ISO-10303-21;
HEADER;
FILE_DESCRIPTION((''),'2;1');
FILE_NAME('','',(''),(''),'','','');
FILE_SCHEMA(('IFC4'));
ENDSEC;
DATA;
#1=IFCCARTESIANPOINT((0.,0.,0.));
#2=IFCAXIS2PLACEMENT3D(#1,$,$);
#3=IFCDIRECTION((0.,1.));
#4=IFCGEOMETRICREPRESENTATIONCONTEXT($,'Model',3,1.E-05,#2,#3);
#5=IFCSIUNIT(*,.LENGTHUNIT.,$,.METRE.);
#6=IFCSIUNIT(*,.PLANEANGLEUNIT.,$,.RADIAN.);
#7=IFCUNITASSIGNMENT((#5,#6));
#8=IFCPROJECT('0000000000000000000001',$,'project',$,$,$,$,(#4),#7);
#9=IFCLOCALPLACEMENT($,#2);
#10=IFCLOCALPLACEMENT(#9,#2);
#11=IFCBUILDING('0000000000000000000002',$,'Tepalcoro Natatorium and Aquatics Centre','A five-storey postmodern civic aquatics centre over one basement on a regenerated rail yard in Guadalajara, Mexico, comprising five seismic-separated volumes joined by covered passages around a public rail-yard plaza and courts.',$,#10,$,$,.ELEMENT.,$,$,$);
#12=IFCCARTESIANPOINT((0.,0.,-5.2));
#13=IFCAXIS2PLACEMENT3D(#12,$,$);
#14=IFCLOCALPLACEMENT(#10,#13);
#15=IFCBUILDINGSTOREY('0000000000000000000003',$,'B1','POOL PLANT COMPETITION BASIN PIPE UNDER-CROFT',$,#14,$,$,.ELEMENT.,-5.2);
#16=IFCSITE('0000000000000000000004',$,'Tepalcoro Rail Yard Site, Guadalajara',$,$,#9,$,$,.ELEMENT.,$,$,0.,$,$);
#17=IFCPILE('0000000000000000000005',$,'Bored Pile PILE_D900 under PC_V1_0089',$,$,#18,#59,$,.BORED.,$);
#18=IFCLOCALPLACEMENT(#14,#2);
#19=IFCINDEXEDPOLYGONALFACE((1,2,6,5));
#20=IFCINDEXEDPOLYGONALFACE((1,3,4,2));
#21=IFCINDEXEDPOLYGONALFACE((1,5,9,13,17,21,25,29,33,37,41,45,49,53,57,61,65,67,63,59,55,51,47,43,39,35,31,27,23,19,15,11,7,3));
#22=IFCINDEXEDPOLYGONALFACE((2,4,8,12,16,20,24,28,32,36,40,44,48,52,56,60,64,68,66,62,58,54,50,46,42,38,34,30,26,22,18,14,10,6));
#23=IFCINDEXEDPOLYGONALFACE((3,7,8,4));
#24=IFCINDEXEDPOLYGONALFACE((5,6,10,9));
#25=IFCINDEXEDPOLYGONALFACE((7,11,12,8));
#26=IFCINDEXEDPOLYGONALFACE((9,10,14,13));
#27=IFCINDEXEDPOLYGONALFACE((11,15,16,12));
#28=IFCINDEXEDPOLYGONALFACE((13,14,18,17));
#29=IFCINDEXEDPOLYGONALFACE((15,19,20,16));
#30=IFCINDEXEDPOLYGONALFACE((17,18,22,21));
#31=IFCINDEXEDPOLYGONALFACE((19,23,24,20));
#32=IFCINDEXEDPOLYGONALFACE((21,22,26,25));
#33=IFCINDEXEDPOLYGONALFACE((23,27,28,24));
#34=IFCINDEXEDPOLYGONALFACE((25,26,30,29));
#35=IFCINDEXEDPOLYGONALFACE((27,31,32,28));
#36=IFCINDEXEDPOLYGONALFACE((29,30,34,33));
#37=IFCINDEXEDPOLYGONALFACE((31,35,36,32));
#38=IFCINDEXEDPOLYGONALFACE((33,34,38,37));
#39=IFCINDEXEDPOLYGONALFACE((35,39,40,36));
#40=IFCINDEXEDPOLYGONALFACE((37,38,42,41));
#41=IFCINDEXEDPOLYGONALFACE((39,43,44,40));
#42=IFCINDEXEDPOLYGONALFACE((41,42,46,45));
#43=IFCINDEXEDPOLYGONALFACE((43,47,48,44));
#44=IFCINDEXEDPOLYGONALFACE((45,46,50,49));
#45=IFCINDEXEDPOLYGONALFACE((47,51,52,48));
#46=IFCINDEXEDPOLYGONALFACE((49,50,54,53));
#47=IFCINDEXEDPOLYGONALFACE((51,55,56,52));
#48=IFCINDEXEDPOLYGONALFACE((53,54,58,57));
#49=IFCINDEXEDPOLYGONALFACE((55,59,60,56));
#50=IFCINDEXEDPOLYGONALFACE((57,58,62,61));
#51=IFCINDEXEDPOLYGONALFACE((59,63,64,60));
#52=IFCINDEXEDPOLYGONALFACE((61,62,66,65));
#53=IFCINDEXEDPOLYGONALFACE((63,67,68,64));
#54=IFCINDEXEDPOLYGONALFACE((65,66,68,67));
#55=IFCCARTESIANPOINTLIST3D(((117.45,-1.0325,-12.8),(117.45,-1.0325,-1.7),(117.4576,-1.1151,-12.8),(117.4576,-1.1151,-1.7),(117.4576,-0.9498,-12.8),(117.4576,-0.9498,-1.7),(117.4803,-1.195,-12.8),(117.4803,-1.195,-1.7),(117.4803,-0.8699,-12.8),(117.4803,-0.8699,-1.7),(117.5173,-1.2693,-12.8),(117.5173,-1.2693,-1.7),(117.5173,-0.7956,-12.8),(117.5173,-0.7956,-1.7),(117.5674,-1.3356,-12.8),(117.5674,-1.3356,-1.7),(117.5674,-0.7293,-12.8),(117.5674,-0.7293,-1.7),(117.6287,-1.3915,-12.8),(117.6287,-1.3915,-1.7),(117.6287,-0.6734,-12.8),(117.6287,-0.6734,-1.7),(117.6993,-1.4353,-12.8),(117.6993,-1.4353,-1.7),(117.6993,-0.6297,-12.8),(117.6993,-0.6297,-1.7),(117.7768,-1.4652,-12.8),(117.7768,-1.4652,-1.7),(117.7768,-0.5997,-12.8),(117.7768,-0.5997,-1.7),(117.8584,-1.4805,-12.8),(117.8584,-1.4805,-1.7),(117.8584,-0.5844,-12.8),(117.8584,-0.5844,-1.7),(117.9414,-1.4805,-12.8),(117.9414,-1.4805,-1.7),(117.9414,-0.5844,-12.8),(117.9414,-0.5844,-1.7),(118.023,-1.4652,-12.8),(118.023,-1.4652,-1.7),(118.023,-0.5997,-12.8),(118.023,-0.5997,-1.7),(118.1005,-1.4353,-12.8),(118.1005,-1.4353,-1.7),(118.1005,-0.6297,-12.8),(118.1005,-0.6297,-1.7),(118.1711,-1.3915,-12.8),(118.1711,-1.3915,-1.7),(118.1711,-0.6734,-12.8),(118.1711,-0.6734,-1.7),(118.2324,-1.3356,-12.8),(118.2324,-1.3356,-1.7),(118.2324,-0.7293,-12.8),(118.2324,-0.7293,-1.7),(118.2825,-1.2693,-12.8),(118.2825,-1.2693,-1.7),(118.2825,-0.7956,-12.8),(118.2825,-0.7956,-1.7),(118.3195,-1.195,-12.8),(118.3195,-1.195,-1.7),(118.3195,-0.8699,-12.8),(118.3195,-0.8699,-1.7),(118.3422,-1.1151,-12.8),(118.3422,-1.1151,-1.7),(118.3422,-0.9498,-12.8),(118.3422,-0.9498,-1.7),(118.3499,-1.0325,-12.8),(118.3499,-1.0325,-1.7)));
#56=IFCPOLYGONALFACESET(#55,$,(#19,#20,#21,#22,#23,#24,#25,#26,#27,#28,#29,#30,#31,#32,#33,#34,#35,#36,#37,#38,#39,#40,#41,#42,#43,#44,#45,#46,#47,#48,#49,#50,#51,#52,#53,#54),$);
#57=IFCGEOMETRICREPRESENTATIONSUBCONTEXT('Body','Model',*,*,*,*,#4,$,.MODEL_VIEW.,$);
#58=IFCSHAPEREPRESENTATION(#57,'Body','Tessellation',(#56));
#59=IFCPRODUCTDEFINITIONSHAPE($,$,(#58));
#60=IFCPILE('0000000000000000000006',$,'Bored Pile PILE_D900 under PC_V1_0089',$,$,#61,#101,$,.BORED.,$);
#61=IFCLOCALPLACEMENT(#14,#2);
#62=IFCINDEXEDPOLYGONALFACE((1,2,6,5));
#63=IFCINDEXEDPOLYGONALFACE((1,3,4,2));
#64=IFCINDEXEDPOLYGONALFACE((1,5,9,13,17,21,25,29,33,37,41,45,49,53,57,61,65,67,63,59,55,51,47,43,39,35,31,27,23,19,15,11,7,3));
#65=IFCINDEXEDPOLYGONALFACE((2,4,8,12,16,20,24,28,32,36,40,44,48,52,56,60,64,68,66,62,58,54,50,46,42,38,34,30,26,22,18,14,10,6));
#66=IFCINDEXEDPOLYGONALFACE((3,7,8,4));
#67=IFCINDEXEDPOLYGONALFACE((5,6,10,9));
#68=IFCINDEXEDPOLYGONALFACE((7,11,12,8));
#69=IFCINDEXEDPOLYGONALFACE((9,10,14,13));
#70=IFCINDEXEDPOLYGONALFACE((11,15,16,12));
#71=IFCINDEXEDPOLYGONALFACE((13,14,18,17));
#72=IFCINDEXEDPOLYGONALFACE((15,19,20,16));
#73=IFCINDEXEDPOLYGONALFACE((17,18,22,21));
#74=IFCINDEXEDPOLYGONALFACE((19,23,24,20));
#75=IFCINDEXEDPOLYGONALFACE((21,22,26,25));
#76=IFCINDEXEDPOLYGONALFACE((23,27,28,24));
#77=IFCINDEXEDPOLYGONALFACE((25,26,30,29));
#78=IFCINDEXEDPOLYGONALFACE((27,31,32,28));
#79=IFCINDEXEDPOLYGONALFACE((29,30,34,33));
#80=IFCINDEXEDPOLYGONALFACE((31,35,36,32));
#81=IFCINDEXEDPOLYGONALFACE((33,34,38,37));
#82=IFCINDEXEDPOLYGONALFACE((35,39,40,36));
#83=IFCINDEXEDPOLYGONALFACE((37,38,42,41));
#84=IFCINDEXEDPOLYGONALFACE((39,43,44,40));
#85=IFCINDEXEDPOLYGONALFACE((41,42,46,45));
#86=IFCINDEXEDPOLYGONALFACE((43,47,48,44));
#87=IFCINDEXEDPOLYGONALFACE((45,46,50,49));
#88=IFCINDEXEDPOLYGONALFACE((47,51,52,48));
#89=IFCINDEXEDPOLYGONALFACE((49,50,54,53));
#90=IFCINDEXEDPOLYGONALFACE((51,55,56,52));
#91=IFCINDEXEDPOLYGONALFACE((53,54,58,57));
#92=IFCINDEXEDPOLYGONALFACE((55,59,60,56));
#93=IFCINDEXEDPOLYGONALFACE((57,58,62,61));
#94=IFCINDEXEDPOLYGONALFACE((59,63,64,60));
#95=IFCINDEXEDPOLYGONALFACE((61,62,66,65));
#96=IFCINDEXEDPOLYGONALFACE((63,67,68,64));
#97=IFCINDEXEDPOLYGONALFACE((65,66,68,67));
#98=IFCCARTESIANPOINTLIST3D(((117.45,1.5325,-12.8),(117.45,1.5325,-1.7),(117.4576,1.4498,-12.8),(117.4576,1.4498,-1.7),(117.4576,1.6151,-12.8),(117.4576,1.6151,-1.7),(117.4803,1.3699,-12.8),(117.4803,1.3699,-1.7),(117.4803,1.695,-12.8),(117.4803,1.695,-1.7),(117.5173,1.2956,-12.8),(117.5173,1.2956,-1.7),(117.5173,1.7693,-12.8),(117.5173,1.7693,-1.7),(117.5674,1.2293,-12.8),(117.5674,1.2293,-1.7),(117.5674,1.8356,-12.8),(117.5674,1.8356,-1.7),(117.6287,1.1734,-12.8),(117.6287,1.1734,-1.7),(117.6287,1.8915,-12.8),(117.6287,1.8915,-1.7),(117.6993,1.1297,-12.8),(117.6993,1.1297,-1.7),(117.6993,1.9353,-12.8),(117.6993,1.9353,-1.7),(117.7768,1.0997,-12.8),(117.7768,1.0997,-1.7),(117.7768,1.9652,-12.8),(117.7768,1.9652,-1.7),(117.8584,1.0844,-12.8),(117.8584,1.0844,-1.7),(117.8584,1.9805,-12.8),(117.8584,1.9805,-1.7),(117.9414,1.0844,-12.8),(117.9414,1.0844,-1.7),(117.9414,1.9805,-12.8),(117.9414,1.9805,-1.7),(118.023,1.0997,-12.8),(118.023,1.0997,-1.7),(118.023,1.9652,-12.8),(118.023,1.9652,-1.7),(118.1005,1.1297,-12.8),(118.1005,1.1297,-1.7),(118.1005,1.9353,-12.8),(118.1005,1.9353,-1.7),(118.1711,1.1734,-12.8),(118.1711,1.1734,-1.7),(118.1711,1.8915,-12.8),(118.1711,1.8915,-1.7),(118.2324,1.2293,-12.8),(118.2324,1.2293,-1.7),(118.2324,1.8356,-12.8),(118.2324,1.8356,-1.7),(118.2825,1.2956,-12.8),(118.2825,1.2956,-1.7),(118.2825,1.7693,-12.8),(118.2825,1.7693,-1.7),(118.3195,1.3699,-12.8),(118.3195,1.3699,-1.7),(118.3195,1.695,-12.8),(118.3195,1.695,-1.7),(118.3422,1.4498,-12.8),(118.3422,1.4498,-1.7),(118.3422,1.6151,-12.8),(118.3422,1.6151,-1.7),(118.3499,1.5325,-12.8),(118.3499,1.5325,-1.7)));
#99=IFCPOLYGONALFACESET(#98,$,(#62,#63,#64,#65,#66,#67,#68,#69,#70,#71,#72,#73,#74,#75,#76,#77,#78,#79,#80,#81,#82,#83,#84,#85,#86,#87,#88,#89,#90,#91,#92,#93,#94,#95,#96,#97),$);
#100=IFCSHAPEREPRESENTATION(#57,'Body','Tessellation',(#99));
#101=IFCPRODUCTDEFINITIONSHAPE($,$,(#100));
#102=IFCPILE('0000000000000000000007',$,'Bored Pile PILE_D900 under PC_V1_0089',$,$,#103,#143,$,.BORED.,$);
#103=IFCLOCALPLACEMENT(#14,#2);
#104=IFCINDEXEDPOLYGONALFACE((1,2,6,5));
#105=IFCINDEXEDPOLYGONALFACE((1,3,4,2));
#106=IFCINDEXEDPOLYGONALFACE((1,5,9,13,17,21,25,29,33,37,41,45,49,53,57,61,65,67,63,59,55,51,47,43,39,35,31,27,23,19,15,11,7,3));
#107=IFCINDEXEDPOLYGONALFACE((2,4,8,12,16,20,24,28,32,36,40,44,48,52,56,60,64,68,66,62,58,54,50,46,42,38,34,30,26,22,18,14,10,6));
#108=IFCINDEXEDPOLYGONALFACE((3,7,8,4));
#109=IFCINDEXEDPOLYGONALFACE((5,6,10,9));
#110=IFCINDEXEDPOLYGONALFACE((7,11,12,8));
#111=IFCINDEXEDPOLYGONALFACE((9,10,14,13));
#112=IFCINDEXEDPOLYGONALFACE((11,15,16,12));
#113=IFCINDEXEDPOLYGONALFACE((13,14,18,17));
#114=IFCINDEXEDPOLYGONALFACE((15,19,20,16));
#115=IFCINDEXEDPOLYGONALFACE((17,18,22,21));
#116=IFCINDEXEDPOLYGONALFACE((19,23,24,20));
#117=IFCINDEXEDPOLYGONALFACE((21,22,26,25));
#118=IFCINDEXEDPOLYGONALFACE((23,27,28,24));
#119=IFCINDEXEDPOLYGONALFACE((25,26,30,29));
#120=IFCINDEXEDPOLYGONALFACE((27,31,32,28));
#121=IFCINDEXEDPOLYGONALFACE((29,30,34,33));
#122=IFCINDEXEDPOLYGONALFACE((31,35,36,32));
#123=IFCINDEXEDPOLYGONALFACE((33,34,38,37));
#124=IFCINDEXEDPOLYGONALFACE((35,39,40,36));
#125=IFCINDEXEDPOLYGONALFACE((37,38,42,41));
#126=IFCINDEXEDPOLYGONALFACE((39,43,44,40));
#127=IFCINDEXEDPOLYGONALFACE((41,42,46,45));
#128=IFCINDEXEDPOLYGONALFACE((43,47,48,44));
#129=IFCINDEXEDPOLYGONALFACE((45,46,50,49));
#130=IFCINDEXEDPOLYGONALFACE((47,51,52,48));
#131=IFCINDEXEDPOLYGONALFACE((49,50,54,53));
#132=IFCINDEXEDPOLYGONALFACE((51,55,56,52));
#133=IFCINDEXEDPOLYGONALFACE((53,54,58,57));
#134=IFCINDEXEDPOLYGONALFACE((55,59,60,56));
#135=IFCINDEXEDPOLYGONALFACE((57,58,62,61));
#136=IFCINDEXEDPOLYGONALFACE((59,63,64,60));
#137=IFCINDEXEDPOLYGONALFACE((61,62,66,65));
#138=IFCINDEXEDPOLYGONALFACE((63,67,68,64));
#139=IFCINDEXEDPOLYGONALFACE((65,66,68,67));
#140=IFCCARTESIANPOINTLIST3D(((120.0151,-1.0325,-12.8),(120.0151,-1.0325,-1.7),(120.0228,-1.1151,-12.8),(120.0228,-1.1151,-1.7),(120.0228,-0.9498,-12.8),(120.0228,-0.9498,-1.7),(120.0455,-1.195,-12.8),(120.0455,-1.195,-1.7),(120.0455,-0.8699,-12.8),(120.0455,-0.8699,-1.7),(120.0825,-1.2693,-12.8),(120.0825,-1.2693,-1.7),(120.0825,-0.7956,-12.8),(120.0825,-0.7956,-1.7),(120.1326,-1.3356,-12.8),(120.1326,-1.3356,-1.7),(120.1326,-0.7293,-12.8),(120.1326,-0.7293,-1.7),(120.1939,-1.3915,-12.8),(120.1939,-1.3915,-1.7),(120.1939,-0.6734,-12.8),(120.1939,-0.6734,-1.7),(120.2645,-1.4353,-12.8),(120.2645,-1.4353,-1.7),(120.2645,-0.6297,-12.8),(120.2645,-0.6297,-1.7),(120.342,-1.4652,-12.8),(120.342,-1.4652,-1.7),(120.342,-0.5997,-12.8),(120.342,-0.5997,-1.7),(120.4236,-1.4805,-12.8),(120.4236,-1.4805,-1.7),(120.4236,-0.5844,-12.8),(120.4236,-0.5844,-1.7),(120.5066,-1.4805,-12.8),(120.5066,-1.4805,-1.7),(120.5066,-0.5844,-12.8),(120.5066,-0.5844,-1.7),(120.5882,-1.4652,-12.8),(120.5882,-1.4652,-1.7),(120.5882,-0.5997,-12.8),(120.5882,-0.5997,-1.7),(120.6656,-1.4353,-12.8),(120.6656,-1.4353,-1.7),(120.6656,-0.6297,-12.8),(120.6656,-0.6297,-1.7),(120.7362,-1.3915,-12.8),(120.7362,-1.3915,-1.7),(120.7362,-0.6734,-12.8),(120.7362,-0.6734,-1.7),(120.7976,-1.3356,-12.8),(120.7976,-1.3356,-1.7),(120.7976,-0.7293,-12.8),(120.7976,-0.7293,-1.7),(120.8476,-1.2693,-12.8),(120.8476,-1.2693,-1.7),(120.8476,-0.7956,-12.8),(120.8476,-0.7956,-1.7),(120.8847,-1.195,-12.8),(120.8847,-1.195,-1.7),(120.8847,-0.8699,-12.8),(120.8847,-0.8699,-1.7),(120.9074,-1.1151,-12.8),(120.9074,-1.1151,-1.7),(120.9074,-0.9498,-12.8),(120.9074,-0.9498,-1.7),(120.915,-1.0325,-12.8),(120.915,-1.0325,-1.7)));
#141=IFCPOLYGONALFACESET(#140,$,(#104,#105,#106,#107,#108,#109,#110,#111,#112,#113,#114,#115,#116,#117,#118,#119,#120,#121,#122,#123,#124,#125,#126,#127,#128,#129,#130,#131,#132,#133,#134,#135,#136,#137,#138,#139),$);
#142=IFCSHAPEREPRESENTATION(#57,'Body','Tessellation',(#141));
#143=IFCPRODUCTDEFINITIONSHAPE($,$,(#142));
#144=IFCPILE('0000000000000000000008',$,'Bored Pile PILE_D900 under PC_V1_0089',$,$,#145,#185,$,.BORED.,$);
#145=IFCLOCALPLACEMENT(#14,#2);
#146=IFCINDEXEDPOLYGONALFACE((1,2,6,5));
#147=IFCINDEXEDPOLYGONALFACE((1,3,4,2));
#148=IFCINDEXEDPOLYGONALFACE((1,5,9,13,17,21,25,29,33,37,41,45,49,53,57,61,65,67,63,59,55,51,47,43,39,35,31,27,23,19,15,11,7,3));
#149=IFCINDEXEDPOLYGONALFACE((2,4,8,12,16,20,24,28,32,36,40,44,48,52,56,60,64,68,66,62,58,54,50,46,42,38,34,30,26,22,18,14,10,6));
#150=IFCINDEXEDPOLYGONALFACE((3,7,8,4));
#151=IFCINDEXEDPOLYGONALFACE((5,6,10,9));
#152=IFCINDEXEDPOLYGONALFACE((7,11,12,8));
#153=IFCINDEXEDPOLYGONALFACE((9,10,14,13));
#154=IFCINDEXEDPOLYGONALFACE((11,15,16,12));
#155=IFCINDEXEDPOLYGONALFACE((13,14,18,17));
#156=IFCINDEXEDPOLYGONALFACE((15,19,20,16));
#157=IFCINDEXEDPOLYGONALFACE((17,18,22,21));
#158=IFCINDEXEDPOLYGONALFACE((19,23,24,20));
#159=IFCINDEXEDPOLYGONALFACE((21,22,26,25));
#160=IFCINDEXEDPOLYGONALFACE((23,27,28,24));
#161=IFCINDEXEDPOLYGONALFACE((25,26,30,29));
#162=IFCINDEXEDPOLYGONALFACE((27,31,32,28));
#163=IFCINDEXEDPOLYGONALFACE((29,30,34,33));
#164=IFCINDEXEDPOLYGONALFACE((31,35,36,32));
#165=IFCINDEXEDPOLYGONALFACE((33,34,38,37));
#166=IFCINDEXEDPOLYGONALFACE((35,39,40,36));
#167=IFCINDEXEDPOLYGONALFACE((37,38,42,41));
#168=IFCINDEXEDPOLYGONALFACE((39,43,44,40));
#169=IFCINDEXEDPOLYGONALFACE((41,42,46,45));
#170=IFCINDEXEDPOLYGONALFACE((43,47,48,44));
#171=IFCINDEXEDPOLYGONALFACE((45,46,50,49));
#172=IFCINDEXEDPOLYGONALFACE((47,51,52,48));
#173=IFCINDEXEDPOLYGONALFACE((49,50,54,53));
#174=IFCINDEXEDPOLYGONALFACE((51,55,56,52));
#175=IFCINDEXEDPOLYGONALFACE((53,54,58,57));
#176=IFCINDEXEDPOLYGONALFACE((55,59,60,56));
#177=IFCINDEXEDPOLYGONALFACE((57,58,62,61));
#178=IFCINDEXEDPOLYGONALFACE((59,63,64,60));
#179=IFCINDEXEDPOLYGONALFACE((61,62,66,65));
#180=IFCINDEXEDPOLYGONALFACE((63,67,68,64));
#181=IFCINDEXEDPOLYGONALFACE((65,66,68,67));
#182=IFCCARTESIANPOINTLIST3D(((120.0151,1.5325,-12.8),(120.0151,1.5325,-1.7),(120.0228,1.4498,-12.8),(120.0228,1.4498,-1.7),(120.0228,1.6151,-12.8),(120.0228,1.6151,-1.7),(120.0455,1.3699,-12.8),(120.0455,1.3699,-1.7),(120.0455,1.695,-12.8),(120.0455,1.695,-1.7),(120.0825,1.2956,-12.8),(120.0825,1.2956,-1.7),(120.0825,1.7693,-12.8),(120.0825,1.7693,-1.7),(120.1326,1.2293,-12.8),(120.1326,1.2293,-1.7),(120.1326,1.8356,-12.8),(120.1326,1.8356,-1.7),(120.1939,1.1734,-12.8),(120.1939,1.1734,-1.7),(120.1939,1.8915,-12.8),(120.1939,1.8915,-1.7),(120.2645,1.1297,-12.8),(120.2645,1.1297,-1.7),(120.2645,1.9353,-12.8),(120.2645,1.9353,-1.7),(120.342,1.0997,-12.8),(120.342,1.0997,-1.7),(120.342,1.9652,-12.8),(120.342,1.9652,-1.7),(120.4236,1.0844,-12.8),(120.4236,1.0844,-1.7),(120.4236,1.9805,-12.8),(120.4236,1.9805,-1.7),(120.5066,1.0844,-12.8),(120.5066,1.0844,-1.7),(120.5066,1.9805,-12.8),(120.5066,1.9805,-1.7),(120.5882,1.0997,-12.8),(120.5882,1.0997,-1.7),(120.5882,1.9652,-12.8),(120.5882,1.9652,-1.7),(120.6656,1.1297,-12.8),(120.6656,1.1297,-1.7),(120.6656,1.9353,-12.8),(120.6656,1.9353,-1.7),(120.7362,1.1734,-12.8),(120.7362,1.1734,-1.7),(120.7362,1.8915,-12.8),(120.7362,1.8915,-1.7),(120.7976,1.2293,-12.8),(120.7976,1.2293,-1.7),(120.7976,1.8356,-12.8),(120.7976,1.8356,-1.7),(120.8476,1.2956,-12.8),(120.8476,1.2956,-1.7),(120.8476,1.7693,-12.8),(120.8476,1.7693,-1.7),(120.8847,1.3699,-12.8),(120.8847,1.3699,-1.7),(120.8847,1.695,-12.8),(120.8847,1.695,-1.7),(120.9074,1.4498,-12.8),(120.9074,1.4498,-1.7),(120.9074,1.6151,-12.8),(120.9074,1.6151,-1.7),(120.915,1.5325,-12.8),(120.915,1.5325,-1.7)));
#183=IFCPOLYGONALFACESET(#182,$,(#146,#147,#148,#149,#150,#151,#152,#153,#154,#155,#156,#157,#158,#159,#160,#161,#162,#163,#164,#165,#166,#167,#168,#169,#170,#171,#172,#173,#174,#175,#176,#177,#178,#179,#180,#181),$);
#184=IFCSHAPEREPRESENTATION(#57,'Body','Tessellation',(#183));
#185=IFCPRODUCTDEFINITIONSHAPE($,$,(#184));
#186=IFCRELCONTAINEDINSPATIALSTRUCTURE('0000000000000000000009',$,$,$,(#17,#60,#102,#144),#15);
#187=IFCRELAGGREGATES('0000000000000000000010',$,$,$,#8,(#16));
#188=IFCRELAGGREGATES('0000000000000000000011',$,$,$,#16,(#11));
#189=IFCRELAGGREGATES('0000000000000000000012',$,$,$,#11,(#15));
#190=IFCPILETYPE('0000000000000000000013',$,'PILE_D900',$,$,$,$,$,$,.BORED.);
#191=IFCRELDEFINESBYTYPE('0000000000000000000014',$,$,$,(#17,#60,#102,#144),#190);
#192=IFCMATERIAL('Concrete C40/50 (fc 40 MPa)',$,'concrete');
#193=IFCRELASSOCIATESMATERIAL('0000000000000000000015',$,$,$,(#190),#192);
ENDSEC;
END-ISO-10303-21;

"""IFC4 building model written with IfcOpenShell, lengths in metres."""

from ifc_helpers import new_model, si_unit, direction, frame, origin, origin_2d, place, context, subcontext, project, spatial, circle, extrude, material, material_profile, profile_set, type_object, element, save


model = new_model("IFC4")

# Units and contexts
model_context = context("Model", 3, precision=1e-05, world=origin(), true_north=direction((0.0, 1.0)))
body_context = subcontext(model_context, "Body", "Model", "MODEL_VIEW")
ifc_project = project(units=[si_unit("LENGTHUNIT", "METRE"), si_unit("PLANEANGLEUNIT", "RADIAN")], contexts=[model_context])

# Site, building, storey
site_placement = place(None, origin())
site = spatial("IfcSite", under=ifc_project, at=site_placement, Name="Tepalcoro Rail Yard Site, Guadalajara", CompositionType="ELEMENT", RefElevation=0.0)
building_placement = place(site_placement, origin())
building = spatial("IfcBuilding", under=site, at=building_placement, Name="Tepalcoro Natatorium and Aquatics Centre", Description="A five-storey postmodern civic aquatics centre over one basement on a regenerated rail yard in Guadalajara, Mexico, comprising five seismic-separated volumes joined by covered passages around a public rail-yard plaza and courts.", CompositionType="ELEMENT")
storey_placement = place(building_placement, frame((0.0, 0.0, -5.2)))
storey = spatial("IfcBuildingStorey", under=building, at=storey_placement, Name="B1", Description="POOL PLANT COMPETITION BASIN PIPE UNDER-CROFT", CompositionType="ELEMENT", Elevation=-5.2)

# Piles
ifc_material = material(Name="Concrete C40/50 (fc 40 MPa)", Category="concrete")
ifc_material_profile_1 = material_profile(ifc_material, circle(Radius=0.45, at=origin_2d()), Name="PILE_D900")
ifc_profile_set_1 = profile_set([ifc_material_profile_1], Name="Concrete C40/50 (fc 40 MPa)")
pile_type_1 = type_object("IfcPileType", Name="PILE_D900", PredefinedType="BORED", material=ifc_profile_set_1)
for number, where, z_axis, x_axis, name in (
    (1, (117.8999, -1.0325, -1.7), (0.0, 0.0, -1.0), (1.0, 0.0, 0.0), "Bored Pile PILE_D900 under PC_V1_0089"),
    (2, (117.8999, 1.5325, -1.7), (0.0, 0.0, -1.0), (1.0, 0.0, 0.0), "Bored Pile PILE_D900 under PC_V1_0089"),
    (3, (120.4651, -1.0325, -1.7), (0.0, 0.0, -1.0), (1.0, 0.0, 0.0), "Bored Pile PILE_D900 under PC_V1_0089"),
    (4, (120.4651, 1.5325, -1.7), (0.0, 0.0, -1.0), (1.0, 0.0, 0.0), "Bored Pile PILE_D900 under PC_V1_0089"),
):
    element("IfcPile", number, at=place(storey_placement, frame(where, z_axis=z_axis, x_axis=x_axis)), inside=storey, type_object=pile_type_1, Name=name, PredefinedType="BORED", context=body_context, shape_type="SweptSolid", body=[
        extrude(circle(Radius=0.45, at=origin_2d()), origin(), (0.0, 0.0, 1.0), 11.1001),
    ])

save(model, "model.ifc")
